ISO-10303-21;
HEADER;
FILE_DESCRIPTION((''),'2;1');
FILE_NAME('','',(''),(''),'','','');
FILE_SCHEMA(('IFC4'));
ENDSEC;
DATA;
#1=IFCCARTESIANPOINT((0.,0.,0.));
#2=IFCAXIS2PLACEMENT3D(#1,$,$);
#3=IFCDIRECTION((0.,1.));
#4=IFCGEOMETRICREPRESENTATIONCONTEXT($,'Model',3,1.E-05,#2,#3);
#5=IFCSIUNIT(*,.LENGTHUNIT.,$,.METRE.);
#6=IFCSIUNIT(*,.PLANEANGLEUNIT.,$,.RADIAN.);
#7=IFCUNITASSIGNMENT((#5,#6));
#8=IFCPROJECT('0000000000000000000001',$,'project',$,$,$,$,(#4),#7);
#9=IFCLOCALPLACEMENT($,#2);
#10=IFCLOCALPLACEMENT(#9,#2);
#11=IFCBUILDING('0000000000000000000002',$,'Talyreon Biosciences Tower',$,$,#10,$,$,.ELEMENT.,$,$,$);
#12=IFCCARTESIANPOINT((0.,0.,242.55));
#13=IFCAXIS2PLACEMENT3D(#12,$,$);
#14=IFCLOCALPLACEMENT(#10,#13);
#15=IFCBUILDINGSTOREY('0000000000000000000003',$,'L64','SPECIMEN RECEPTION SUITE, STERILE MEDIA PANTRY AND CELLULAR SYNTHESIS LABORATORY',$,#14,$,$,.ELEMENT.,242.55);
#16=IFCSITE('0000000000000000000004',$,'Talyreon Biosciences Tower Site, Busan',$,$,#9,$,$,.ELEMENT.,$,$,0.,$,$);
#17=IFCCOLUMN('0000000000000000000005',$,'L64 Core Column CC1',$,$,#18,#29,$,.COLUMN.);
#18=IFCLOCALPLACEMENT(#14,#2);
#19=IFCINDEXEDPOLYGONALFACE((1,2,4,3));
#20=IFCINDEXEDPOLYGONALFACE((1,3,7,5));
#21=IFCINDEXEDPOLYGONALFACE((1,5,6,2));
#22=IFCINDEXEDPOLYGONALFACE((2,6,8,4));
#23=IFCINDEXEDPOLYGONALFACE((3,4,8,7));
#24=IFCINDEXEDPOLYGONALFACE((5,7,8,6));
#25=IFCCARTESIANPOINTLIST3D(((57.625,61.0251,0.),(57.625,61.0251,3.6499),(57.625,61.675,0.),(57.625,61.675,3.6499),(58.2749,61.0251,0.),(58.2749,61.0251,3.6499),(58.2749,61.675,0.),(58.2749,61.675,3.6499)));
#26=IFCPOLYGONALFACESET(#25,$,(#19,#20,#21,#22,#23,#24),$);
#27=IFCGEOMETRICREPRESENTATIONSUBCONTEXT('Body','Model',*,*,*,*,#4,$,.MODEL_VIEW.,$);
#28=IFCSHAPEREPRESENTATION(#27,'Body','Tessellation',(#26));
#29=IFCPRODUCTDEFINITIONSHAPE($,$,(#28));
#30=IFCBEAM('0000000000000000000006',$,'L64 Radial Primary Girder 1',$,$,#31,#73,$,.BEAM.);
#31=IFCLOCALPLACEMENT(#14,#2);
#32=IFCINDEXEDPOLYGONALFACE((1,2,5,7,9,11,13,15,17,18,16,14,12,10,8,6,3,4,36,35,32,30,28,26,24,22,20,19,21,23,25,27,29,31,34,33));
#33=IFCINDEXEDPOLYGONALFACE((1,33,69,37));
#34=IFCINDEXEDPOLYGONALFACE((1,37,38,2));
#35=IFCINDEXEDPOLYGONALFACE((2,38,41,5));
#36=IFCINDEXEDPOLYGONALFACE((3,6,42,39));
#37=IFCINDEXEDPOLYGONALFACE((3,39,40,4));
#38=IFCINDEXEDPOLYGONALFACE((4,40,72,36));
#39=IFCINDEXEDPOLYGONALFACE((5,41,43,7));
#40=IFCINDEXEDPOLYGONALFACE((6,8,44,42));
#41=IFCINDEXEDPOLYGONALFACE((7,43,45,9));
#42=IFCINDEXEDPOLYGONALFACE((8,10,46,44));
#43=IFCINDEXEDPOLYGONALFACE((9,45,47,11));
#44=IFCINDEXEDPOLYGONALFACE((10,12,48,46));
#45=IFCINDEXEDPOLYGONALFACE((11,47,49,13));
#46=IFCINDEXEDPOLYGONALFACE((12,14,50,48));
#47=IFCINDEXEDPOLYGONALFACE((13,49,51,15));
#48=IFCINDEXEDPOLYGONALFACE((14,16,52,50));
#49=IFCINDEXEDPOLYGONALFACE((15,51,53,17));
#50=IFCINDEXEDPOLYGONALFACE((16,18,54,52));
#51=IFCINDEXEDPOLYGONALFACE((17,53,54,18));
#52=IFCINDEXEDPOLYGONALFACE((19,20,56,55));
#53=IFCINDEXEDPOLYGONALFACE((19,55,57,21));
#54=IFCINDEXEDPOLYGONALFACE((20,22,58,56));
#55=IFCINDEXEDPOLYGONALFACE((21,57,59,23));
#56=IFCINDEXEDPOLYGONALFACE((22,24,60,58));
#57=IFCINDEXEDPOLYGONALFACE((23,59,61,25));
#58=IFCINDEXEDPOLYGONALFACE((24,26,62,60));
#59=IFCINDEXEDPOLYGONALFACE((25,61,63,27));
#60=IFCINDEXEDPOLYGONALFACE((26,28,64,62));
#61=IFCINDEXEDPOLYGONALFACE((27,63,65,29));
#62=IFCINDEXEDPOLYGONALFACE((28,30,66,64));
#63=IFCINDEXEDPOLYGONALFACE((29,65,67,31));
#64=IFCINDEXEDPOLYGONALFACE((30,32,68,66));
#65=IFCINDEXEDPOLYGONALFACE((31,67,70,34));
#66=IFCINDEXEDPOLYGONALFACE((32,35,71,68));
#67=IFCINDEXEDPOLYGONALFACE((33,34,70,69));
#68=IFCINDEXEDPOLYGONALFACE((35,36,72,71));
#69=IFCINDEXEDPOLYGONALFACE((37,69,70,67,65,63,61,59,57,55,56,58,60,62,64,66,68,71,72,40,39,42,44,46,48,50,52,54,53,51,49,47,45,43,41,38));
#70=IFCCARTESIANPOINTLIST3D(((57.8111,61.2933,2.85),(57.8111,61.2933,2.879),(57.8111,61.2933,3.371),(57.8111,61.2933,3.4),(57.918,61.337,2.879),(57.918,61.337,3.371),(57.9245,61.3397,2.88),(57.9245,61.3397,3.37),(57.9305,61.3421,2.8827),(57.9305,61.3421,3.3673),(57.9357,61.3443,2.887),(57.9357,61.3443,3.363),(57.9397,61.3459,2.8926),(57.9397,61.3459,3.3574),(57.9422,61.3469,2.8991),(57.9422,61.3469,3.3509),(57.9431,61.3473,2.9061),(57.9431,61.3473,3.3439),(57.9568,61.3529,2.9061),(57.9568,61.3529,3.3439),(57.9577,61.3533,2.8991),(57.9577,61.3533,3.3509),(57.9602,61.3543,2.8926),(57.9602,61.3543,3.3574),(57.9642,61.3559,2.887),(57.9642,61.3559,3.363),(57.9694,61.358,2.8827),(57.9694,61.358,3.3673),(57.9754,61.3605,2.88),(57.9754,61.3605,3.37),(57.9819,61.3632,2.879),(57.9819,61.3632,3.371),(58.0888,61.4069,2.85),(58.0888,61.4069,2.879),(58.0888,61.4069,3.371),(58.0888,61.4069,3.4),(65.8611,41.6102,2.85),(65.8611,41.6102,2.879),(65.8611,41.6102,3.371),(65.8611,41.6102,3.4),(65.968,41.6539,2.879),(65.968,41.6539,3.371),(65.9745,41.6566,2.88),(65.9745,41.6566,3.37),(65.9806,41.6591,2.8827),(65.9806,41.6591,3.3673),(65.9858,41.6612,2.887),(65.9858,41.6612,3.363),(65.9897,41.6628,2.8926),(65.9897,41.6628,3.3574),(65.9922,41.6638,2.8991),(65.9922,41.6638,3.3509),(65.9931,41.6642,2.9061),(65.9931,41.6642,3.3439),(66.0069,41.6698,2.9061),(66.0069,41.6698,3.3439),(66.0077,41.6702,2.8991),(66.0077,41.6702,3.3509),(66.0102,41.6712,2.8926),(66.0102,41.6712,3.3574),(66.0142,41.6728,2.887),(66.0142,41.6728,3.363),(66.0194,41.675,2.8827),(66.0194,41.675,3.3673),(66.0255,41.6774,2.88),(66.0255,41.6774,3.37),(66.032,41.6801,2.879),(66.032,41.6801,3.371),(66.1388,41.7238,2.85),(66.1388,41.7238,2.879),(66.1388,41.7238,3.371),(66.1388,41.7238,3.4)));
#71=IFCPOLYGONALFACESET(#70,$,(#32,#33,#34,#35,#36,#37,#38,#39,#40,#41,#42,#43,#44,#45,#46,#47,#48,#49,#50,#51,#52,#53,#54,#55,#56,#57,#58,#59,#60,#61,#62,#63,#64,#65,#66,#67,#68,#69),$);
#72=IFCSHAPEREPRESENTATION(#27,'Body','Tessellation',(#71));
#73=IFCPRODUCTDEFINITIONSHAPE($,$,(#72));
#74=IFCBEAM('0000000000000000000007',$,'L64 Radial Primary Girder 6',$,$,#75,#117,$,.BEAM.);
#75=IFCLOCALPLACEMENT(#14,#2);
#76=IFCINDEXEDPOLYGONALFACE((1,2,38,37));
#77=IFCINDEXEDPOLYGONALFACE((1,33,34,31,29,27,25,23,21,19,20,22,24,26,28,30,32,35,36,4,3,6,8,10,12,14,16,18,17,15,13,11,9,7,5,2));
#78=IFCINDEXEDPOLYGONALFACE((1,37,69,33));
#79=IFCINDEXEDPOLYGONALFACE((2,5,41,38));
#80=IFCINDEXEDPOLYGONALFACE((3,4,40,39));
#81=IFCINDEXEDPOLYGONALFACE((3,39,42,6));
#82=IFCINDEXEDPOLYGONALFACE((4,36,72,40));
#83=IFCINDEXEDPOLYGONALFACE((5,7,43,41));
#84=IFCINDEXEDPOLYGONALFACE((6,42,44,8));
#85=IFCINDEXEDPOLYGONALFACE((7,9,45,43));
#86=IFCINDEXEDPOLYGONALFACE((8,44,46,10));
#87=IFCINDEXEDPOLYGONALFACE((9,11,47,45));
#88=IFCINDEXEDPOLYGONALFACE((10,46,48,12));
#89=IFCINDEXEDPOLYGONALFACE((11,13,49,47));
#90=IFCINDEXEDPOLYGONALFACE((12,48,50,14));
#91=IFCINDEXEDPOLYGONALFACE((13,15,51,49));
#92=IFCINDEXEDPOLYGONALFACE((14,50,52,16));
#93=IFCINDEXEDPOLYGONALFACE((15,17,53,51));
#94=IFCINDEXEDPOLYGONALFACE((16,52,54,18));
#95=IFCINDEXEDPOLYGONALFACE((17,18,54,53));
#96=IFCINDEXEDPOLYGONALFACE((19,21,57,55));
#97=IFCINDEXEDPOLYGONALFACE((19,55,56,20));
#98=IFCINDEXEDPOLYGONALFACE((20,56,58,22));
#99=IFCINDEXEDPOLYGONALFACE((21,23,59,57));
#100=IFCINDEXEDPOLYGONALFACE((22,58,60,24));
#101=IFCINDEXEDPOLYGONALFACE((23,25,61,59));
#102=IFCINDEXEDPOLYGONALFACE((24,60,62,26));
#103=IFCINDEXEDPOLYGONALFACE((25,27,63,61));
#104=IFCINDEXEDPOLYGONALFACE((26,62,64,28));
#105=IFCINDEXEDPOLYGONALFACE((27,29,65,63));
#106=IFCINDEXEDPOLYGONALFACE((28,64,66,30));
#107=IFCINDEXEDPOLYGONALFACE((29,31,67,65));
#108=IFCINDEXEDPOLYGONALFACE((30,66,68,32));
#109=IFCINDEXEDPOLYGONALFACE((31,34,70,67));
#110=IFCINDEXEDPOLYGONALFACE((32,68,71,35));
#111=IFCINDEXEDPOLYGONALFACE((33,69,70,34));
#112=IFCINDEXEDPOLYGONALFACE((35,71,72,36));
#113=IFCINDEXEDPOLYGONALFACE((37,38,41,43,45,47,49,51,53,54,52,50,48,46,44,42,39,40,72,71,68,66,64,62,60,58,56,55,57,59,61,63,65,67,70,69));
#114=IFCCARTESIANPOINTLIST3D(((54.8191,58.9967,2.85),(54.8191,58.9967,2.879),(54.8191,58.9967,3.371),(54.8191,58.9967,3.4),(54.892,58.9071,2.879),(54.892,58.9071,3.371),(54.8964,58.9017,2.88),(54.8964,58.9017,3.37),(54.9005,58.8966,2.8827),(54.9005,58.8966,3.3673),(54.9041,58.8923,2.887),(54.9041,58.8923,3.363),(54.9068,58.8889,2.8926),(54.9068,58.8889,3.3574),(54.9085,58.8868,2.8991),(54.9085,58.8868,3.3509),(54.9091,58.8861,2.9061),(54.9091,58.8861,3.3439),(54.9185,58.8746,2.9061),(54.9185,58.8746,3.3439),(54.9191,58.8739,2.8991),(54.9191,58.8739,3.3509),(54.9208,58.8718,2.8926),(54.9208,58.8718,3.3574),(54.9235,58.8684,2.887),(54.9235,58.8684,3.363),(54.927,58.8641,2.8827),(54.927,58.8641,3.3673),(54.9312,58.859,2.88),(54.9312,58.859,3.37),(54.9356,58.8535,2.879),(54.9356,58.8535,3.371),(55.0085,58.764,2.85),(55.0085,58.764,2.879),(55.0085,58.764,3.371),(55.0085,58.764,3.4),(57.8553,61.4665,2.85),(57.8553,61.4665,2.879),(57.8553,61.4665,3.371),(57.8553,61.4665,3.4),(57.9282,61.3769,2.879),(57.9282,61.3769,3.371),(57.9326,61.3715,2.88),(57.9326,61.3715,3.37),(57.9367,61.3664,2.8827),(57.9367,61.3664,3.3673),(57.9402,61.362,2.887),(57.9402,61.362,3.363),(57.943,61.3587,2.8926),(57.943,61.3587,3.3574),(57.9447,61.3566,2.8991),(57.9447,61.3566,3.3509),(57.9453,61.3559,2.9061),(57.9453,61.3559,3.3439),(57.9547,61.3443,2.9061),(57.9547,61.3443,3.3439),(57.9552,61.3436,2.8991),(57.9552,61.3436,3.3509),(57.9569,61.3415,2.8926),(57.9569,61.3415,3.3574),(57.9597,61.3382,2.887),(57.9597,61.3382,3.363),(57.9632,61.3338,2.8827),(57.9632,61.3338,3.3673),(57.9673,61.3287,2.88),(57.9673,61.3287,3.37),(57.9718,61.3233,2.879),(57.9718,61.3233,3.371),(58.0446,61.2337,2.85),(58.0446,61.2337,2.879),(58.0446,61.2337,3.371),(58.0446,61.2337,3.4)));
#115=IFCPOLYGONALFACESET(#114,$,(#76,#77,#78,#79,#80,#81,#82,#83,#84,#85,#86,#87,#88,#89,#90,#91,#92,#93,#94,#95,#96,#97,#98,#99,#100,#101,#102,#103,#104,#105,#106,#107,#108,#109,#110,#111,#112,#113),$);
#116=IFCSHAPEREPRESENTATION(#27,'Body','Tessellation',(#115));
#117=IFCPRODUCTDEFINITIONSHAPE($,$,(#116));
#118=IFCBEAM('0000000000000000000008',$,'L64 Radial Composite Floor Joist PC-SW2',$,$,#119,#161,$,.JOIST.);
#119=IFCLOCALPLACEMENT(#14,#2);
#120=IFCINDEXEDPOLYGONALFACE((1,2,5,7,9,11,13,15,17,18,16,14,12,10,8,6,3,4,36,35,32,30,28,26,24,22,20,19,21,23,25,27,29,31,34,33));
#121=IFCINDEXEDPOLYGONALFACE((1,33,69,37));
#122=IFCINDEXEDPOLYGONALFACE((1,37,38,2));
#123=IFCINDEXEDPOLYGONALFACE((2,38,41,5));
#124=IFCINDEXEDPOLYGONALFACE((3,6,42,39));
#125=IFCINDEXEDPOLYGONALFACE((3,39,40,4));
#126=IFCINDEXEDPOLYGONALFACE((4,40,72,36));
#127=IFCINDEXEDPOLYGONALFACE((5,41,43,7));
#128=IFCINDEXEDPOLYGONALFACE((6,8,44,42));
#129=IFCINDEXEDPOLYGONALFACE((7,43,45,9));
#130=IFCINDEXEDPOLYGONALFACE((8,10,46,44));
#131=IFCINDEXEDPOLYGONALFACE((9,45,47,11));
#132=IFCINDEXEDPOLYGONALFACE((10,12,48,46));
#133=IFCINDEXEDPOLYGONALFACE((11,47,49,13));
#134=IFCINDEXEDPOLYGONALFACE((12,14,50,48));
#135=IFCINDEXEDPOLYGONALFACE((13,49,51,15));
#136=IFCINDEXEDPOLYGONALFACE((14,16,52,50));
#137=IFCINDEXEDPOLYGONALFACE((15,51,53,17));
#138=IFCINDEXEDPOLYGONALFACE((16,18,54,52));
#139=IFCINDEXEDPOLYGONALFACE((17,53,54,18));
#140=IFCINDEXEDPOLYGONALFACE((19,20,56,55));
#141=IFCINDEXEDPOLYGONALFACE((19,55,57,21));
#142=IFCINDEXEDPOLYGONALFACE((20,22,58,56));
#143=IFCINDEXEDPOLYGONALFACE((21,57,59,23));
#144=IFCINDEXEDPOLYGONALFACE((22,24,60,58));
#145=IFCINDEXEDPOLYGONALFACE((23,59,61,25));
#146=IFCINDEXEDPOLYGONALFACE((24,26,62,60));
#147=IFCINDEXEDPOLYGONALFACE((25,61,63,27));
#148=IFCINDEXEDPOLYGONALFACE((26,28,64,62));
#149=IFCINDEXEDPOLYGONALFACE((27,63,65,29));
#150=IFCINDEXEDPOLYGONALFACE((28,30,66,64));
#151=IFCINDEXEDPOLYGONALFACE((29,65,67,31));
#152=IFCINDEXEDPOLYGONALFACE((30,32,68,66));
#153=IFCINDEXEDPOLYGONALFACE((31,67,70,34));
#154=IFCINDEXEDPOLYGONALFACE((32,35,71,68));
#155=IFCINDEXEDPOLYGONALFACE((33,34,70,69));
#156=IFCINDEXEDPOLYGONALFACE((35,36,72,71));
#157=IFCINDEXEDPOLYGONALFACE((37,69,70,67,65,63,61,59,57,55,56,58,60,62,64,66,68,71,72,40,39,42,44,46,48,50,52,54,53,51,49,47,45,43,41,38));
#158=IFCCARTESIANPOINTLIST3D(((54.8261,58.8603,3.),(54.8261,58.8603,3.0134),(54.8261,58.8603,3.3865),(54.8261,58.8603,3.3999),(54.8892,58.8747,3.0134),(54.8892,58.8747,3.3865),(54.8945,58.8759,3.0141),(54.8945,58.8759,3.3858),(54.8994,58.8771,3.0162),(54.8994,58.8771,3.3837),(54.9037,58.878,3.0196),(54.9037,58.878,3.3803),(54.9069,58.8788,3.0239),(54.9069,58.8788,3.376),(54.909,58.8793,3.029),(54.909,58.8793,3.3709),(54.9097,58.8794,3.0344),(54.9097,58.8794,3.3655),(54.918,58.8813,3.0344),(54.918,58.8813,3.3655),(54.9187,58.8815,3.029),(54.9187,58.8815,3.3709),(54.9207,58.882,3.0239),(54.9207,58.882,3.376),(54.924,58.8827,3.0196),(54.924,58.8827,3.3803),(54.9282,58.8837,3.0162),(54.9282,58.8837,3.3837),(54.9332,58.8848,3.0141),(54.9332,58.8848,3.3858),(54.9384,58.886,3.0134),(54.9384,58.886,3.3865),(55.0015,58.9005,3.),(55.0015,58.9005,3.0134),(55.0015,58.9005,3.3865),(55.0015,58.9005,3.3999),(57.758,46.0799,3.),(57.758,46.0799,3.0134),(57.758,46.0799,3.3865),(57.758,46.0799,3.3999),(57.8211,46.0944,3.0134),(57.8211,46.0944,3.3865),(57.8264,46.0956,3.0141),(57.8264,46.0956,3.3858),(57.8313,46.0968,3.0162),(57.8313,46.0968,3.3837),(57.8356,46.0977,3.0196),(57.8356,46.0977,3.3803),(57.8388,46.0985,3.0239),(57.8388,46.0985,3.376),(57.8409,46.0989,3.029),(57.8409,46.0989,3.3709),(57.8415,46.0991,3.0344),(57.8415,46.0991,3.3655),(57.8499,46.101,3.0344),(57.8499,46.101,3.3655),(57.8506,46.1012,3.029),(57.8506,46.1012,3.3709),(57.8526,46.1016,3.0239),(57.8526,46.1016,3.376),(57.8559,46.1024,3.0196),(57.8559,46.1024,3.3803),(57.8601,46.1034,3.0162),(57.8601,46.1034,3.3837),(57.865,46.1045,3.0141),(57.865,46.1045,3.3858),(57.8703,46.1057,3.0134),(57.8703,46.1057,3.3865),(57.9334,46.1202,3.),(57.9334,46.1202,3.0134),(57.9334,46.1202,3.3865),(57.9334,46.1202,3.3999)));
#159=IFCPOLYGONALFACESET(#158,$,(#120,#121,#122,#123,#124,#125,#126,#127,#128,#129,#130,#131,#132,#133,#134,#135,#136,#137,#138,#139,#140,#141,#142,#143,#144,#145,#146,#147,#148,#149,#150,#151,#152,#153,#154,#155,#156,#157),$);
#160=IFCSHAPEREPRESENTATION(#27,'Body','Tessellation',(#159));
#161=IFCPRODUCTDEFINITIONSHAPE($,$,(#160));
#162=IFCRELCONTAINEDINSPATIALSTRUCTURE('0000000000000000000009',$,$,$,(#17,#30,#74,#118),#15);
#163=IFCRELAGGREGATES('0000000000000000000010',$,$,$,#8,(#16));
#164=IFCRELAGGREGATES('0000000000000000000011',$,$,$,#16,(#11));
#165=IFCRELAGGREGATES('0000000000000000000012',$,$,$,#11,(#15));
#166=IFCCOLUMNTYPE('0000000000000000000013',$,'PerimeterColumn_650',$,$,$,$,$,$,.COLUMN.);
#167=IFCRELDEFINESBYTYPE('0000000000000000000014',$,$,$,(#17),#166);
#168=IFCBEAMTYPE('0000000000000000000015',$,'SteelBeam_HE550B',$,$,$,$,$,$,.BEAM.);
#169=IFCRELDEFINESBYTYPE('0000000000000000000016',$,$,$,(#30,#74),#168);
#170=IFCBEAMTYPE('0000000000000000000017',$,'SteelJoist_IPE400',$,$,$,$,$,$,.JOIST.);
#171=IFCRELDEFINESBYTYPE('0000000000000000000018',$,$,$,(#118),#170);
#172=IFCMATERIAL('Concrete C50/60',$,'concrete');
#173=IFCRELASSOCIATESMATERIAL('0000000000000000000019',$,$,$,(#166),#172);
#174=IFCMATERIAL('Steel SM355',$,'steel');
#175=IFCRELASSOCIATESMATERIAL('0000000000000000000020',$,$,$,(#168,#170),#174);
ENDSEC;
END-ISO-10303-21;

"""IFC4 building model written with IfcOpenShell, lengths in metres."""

from ifc_helpers import new_model, si_unit, direction, frame, origin, origin_2d, place, context, subcontext, project, spatial, rectangle, i_section, extrude, material, material_profile, profile_set, type_object, element, save


model = new_model("IFC4")

# Units and contexts
model_context = context("Model", 3, precision=1e-05, world=origin(), true_north=direction((0.0, 1.0)))
body_context = subcontext(model_context, "Body", "Model", "MODEL_VIEW")
ifc_project = project(units=[si_unit("LENGTHUNIT", "METRE"), si_unit("PLANEANGLEUNIT", "RADIAN")], contexts=[model_context])

# Site, building, storey
site_placement = place(None, origin())
site = spatial("IfcSite", under=ifc_project, at=site_placement, Name="Talyreon Biosciences Tower Site, Busan", CompositionType="ELEMENT", RefElevation=0.0)
building_placement = place(site_placement, origin())
building = spatial("IfcBuilding", under=site, at=building_placement, Name="Talyreon Biosciences Tower", CompositionType="ELEMENT")
storey_placement = place(building_placement, frame((0.0, 0.0, 242.55)))
storey = spatial("IfcBuildingStorey", under=building, at=storey_placement, Name="L64", Description="SPECIMEN RECEPTION SUITE, STERILE MEDIA PANTRY AND CELLULAR SYNTHESIS LABORATORY", CompositionType="ELEMENT", Elevation=242.55)

# Column
ifc_material_1 = material(Name="Concrete C50/60", Category="concrete")
ifc_material_profile_1 = material_profile(ifc_material_1, rectangle(XDim=0.6499, YDim=0.6499, at=origin_2d()), Name="RC 650x650")
ifc_profile_set_1 = profile_set([ifc_material_profile_1], Name="Concrete C50/60")
column_type = type_object("IfcColumnType", Name="PerimeterColumn_650", PredefinedType="COLUMN", material=ifc_profile_set_1)
column_placement = place(storey_placement, frame((57.95, 61.3501, 0.0), z_axis=(0.0, 0.0, 1.0), x_axis=(1.0, 0.0, 0.0)))
element("IfcColumn", 1, at=column_placement, inside=storey, type_object=column_type, Name="L64 Core Column CC1", PredefinedType="COLUMN", context=body_context, shape_type="SweptSolid", body=[
    extrude(rectangle(XDim=0.6499, YDim=0.6499, at=origin_2d()), origin(), (0.0, 0.0, 1.0), 3.6499),
])

# Beams
ifc_material_2 = material(Name="Steel SM355", Category="steel")
ifc_material_profile_2 = material_profile(ifc_material_2, i_section(OverallWidth=0.3, OverallDepth=0.55, WebThickness=0.0149, FlangeThickness=0.0291, FilletRadius=0.0271, at=origin_2d()), Name="HE550B")
ifc_profile_set_2 = profile_set([ifc_material_profile_2], Name="Steel SM355")
beam_type_1 = type_object("IfcBeamType", Name="SteelBeam_HE550B", PredefinedType="BEAM", material=ifc_profile_set_2)
beam_1_placement = place(storey_placement, frame((57.95, 61.3501, 3.125), z_axis=(0.378547, -0.925582, 0.0), x_axis=(0.925582, 0.378547, 0.0)))
element("IfcBeam", 2, at=beam_1_placement, inside=storey, type_object=beam_type_1, Name="L64 Radial Primary Girder 1", PredefinedType="BEAM", context=body_context, shape_type="SweptSolid", body=[
    extrude(i_section(OverallWidth=0.3, OverallDepth=0.55, WebThickness=0.0149, FlangeThickness=0.0291, FilletRadius=0.0271, at=origin_2d()), origin(), (0.0, 0.0, 1.0), 21.2656),
])
beam_2_placement = place(storey_placement, frame((57.95, 61.3501, 3.125), z_axis=(-0.775755, -0.631034, 0.0), x_axis=(0.631034, -0.775755, 0.0)))
element("IfcBeam", 3, at=beam_2_placement, inside=storey, type_object=beam_type_1, Name="L64 Radial Primary Girder 6", PredefinedType="BEAM", context=body_context, shape_type="SweptSolid", body=[
    extrude(i_section(OverallWidth=0.3, OverallDepth=0.55, WebThickness=0.0149, FlangeThickness=0.0291, FilletRadius=0.0271, at=origin_2d()), origin(), (0.0, 0.0, 1.0), 3.9138),
])
ifc_material_profile_3 = material_profile(ifc_material_2, i_section(OverallWidth=0.1799, OverallDepth=0.3999, WebThickness=0.0085, FlangeThickness=0.0134, FilletRadius=0.021, at=origin_2d()), Name="IPE400")
ifc_profile_set_3 = profile_set([ifc_material_profile_3], Name="Steel SM355")
beam_type_2 = type_object("IfcBeamType", Name="SteelJoist_IPE400", PredefinedType="JOIST", material=ifc_profile_set_3)
beam_3_placement = place(storey_placement, frame((54.9138, 58.8804, 3.2), z_axis=(0.223599, -0.974681, 0.0), x_axis=(0.974681, 0.223599, 0.0)))
element("IfcBeam", 4, at=beam_3_placement, inside=storey, type_object=beam_type_2, Name="L64 Radial Composite Floor Joist PC-SW2", PredefinedType="JOIST", context=body_context, shape_type="SweptSolid", body=[
    extrude(i_section(OverallWidth=0.1799, OverallDepth=0.3999, WebThickness=0.0085, FlangeThickness=0.0134, FilletRadius=0.021, at=origin_2d()), origin(), (0.0, 0.0, 1.0), 13.1123),
])

save(model, "model.ifc")
